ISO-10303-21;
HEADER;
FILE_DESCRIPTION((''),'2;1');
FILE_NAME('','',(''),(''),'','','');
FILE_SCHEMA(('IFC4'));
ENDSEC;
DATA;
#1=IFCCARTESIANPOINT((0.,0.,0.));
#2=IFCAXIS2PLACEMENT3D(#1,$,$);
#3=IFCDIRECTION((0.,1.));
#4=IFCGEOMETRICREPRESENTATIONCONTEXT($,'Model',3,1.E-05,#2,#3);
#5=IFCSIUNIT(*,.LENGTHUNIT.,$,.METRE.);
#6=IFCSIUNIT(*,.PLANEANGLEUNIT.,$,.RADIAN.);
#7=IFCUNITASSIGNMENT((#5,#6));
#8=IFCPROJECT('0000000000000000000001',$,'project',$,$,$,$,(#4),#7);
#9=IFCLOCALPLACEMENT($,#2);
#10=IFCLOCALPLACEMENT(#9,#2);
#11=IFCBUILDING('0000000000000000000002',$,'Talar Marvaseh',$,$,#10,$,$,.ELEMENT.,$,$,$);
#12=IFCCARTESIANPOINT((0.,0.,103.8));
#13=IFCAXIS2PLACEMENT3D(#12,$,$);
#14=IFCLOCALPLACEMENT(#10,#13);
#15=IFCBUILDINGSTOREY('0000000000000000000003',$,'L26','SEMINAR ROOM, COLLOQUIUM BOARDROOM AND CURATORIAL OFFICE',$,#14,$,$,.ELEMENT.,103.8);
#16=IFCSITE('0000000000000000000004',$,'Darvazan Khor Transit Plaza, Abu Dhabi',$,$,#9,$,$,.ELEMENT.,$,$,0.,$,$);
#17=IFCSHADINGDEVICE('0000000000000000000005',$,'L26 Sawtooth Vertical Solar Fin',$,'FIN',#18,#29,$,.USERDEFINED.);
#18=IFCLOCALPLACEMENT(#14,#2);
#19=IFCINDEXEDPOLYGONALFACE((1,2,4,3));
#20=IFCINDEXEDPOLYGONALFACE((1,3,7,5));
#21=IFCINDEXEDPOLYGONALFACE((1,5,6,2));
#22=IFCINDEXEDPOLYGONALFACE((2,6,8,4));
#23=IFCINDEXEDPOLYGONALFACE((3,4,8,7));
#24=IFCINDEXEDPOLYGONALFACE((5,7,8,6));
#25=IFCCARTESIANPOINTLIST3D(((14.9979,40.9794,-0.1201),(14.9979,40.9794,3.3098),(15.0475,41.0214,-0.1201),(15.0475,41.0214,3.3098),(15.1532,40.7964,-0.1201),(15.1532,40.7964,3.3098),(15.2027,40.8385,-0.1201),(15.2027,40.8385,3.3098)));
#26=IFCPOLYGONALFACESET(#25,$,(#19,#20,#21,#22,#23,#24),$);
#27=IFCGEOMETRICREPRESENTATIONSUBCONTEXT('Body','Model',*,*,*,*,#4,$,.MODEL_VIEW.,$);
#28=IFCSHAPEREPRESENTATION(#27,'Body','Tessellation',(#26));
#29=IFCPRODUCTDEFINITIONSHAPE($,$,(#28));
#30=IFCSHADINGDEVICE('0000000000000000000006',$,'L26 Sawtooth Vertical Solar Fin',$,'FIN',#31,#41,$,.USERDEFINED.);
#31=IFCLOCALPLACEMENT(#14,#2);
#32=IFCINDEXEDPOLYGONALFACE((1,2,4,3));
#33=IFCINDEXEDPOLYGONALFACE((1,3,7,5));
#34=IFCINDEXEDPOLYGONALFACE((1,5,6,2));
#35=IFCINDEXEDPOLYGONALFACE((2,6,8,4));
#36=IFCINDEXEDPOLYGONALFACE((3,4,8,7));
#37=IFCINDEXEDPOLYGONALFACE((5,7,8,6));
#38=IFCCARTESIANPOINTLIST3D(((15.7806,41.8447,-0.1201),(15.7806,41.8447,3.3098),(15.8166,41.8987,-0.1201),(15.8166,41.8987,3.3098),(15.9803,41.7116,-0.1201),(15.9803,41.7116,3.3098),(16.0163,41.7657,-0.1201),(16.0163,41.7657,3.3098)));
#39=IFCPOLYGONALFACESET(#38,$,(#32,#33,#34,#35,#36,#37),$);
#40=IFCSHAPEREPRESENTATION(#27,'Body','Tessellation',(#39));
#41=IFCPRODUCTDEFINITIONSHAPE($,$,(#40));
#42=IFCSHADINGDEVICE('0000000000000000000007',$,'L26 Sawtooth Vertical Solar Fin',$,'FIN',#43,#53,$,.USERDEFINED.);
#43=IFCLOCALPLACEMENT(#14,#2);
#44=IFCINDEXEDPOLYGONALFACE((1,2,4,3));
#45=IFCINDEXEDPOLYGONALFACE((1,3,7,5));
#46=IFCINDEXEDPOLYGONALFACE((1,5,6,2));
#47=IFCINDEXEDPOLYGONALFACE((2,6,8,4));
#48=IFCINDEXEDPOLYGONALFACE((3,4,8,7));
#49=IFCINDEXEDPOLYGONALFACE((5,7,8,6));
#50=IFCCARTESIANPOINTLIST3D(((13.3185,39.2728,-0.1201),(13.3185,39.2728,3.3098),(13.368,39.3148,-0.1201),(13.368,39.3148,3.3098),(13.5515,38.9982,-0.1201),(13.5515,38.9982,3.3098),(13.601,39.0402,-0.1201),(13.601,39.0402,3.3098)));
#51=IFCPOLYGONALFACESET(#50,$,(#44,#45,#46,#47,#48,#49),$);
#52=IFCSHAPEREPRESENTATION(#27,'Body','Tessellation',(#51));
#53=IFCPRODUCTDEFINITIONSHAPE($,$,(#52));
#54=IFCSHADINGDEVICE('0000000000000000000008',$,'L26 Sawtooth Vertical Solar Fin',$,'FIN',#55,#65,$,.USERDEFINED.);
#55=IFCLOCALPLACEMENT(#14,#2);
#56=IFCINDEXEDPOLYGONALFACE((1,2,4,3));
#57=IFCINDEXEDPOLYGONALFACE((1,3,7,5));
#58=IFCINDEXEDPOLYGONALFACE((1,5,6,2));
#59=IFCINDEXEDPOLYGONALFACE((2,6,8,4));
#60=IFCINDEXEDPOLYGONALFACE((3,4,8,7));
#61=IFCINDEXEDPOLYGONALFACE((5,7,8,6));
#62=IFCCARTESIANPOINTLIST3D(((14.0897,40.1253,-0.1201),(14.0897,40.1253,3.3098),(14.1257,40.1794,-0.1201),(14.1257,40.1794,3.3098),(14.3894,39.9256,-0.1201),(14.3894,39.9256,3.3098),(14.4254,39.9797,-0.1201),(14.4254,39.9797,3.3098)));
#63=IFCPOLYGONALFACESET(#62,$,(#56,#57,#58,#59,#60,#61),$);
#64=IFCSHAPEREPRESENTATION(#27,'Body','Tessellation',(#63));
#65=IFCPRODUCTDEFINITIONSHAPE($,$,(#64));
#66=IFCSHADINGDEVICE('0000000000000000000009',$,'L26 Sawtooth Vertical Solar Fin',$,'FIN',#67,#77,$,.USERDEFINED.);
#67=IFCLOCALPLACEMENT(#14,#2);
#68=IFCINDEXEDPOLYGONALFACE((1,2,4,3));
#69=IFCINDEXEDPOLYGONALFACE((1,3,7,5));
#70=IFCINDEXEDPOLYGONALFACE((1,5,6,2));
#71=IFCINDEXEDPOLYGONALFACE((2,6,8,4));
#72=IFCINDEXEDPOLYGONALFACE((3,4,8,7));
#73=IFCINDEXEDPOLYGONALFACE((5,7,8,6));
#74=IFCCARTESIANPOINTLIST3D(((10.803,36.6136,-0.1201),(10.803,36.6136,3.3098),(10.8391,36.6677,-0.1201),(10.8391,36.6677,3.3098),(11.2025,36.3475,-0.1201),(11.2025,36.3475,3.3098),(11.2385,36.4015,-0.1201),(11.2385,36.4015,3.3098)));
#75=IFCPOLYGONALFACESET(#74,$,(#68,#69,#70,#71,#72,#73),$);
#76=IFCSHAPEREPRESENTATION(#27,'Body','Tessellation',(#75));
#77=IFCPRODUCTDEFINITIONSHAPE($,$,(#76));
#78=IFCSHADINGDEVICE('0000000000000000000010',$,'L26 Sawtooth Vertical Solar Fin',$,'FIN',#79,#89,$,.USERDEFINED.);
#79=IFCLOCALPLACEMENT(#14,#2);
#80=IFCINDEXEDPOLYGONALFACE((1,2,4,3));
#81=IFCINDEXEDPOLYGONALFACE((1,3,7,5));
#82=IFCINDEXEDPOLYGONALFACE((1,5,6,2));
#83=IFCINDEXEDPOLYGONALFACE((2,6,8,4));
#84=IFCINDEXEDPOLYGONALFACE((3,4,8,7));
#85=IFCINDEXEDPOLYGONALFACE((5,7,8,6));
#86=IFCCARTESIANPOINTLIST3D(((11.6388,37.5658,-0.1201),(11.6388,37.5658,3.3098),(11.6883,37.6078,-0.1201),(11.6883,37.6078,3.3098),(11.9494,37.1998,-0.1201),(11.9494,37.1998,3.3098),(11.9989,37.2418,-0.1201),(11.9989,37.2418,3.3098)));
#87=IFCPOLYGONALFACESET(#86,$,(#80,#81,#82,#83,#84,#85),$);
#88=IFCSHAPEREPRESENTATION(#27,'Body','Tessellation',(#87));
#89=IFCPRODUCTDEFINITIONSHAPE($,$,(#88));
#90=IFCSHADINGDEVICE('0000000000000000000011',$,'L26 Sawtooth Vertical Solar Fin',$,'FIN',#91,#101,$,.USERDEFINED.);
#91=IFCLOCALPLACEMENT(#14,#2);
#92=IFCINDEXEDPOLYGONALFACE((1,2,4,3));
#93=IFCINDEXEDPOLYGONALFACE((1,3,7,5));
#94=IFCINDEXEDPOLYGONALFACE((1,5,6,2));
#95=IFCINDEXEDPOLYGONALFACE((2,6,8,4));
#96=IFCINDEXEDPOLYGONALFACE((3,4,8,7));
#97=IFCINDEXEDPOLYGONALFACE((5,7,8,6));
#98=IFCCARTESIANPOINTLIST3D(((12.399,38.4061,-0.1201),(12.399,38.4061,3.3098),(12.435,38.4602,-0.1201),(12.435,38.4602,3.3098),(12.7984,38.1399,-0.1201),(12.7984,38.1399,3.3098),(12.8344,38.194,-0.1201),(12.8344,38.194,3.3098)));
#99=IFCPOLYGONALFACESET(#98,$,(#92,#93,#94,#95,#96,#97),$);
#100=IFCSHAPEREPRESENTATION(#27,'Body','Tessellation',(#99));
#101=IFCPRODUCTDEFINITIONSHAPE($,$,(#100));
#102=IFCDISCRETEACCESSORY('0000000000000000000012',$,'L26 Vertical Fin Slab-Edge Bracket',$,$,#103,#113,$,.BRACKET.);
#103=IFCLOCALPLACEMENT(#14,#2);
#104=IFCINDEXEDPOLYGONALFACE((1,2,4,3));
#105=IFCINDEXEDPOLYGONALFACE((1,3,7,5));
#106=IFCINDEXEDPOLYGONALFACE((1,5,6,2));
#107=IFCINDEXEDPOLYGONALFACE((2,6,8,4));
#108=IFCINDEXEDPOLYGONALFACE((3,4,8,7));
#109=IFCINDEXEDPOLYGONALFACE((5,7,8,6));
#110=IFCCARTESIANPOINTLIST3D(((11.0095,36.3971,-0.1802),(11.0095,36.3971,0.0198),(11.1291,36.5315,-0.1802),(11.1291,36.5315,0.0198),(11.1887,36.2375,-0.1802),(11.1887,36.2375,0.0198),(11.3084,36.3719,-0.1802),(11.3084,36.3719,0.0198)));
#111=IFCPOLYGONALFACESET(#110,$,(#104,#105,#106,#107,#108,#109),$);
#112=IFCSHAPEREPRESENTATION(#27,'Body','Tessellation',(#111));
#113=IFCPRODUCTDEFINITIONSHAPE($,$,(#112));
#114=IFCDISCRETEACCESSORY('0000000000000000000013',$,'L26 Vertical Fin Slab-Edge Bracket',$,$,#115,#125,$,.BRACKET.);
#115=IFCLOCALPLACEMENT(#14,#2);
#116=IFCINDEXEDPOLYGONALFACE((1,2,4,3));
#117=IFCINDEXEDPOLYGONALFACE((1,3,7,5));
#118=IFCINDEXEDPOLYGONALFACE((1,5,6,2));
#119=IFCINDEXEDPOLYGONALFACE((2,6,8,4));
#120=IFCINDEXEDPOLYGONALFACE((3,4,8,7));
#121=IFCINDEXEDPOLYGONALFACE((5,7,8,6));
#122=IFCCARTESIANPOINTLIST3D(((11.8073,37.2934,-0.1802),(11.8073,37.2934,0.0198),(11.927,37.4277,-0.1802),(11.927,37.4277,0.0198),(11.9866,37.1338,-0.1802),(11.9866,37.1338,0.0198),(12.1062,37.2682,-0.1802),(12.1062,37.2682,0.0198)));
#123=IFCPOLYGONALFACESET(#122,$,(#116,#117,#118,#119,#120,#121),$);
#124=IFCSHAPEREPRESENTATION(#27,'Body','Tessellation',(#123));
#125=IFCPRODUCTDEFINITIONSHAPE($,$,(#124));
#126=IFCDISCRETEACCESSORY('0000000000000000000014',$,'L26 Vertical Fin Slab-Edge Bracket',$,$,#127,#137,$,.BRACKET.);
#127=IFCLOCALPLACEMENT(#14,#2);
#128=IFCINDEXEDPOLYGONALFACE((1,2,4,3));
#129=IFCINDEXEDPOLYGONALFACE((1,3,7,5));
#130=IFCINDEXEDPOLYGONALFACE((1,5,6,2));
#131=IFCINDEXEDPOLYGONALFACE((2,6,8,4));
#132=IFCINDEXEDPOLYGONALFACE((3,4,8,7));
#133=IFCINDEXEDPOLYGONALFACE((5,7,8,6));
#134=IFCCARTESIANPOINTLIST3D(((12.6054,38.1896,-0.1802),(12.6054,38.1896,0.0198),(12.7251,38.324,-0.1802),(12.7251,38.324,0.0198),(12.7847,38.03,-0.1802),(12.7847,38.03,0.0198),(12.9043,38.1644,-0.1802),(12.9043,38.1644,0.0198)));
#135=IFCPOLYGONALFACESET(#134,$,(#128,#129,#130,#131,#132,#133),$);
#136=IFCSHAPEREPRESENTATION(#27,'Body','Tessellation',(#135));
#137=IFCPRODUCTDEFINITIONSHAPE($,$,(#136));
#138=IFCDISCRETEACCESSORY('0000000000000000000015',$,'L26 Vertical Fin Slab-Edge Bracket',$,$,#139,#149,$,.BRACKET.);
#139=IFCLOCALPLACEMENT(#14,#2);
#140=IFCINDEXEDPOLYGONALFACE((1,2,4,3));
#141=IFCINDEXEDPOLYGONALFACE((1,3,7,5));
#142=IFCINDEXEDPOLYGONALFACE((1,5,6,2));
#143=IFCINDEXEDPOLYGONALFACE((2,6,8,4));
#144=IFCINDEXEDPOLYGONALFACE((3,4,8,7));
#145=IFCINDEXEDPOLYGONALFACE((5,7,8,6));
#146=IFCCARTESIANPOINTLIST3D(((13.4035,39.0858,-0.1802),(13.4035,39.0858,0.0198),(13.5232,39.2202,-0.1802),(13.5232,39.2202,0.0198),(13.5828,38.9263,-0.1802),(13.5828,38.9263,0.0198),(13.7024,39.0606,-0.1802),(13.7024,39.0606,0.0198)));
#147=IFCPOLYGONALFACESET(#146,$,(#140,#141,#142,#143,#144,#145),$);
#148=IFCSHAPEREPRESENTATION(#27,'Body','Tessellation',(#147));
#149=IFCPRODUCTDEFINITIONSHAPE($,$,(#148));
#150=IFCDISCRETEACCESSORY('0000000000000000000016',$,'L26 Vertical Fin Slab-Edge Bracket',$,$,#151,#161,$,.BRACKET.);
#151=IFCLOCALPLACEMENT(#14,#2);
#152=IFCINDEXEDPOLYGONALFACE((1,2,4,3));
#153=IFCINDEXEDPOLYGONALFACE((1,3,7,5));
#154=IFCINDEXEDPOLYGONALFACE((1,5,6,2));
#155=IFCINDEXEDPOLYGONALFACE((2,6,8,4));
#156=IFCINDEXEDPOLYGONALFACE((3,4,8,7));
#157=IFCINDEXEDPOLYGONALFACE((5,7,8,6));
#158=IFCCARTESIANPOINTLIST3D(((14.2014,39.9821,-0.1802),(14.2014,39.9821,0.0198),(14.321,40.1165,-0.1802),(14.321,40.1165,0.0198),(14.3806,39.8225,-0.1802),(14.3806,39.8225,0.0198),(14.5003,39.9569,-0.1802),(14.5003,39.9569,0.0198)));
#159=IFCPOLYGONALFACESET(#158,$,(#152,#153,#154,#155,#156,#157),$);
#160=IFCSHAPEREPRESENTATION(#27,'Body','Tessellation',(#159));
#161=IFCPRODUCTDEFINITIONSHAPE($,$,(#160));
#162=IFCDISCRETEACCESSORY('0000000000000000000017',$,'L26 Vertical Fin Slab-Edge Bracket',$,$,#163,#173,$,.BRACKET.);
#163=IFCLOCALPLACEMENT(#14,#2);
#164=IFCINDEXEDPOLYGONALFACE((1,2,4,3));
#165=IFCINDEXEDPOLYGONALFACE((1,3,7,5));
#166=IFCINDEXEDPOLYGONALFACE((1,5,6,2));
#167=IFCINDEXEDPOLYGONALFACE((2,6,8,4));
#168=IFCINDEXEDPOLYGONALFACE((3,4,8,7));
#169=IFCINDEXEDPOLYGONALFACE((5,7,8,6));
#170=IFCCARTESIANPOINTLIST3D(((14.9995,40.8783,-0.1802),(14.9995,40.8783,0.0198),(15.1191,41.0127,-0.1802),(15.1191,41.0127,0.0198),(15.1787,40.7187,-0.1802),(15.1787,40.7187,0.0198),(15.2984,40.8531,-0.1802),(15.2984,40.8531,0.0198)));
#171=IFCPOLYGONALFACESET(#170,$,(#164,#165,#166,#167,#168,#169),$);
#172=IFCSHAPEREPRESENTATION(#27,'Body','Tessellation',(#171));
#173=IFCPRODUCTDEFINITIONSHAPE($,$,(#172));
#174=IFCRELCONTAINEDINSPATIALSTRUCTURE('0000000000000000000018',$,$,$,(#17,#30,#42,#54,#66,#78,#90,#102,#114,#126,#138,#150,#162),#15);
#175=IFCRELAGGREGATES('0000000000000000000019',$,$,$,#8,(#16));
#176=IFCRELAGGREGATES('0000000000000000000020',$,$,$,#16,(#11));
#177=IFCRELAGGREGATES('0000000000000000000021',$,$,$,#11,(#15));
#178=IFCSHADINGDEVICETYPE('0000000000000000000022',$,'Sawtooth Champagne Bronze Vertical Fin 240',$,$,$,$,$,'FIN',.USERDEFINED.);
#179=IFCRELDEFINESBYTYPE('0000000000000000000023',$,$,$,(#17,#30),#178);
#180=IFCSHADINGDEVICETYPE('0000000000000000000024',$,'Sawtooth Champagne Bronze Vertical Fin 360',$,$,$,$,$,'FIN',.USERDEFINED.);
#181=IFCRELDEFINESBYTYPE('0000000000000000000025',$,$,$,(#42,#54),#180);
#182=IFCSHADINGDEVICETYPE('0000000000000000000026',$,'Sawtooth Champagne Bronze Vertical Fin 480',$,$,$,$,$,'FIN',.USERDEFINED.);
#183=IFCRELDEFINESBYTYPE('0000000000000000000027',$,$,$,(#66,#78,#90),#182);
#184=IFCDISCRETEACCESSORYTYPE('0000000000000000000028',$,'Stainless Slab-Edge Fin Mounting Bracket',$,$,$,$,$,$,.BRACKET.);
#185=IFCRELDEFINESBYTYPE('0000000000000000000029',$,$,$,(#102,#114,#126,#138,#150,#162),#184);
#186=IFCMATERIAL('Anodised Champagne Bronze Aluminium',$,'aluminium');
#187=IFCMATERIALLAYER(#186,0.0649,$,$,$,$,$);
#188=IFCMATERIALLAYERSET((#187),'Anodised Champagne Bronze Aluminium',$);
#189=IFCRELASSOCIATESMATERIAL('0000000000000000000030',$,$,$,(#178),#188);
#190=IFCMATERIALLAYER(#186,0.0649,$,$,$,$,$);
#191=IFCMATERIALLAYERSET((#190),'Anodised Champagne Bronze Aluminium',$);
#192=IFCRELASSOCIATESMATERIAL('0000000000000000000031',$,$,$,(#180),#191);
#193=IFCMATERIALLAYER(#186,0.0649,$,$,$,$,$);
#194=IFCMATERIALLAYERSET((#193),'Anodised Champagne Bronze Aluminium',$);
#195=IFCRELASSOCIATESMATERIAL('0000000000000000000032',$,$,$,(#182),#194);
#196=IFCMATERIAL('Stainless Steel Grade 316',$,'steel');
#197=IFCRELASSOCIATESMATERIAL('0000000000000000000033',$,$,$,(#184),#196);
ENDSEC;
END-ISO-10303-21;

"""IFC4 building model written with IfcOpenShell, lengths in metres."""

from ifc_helpers import new_model, si_unit, direction, frame, origin, origin_2d, place, context, subcontext, project, spatial, rectangle, extrude, source, transform, mapped, material, layer, layer_set, type_object, type_shapes, element, save


model = new_model("IFC4")

# Units and contexts
model_context = context("Model", 3, precision=1e-05, world=origin(), true_north=direction((0.0, 1.0)))
body_context = subcontext(model_context, "Body", "Model", "MODEL_VIEW")
ifc_project = project(units=[si_unit("LENGTHUNIT", "METRE"), si_unit("PLANEANGLEUNIT", "RADIAN")], contexts=[model_context])

# Site, building, storey
site_placement = place(None, origin())
site = spatial("IfcSite", under=ifc_project, at=site_placement, Name="Darvazan Khor Transit Plaza, Abu Dhabi", CompositionType="ELEMENT", RefElevation=0.0)
building_placement = place(site_placement, origin())
building = spatial("IfcBuilding", under=site, at=building_placement, Name="Talar Marvaseh", CompositionType="ELEMENT")
storey_placement = place(building_placement, frame((0.0, 0.0, 103.8)))
storey = spatial("IfcBuildingStorey", under=building, at=storey_placement, Name="L26", Description="SEMINAR ROOM, COLLOQUIUM BOARDROOM AND CURATORIAL OFFICE", CompositionType="ELEMENT", Elevation=103.8)

# Shading devices
ifc_material_1 = material(Name="Anodised Champagne Bronze Aluminium", Category="aluminium")
ifc_layer_1 = layer(ifc_material_1, 0.0649)
ifc_layer_set_1 = layer_set([ifc_layer_1], Name="Anodised Champagne Bronze Aluminium")
shading_device_type_1 = type_object("IfcShadingDeviceType", Name="Sawtooth Champagne Bronze Vertical Fin 240", ElementType="FIN", PredefinedType="USERDEFINED", material=ifc_layer_set_1)
shared_shape_1 = source(origin(), body_context, "Body", "SweptSolid", [
    extrude(rectangle(XDim=0.24, YDim=0.0649, at=origin_2d()), origin(), (0.0, 0.0, 1.0), 3.4299),
])
type_shapes(shading_device_type_1, [shared_shape_1])
for number, where, z_axis, x_axis, name in (
    (1, (15.1003, 40.9089, -0.1201), (0.0, 0.0, 1.0), (-0.647056, 0.762443, 0.0), "L26 Sawtooth Vertical Solar Fin"),
    (2, (15.8984, 41.8052, -0.1201), (0.0, 0.0, 1.0), (-0.832148, 0.554554, 0.0), "L26 Sawtooth Vertical Solar Fin"),
):
    element("IfcShadingDevice", number, at=place(storey_placement, frame(where, z_axis=z_axis, x_axis=x_axis)), inside=storey, type_object=shading_device_type_1, Name=name, ObjectType="FIN", PredefinedType="USERDEFINED", context=body_context, shape_type="MappedRepresentation", body=[
        mapped(shared_shape_1, transform((0.0, 0.0, 0.0), x_axis=(1.0, 0.0, 0.0), y_axis=(0.0, 1.0, 0.0), z_axis=(0.0, 0.0, 1.0), scale=1.0)),
    ])
ifc_layer_2 = layer(ifc_material_1, 0.0649)
ifc_layer_set_2 = layer_set([ifc_layer_2], Name="Anodised Champagne Bronze Aluminium")
shading_device_type_2 = type_object("IfcShadingDeviceType", Name="Sawtooth Champagne Bronze Vertical Fin 360", ElementType="FIN", PredefinedType="USERDEFINED", material=ifc_layer_set_2)
shared_shape_2 = source(origin(), body_context, "Body", "SweptSolid", [
    extrude(rectangle(XDim=0.3601, YDim=0.0649, at=origin_2d()), origin(), (0.0, 0.0, 1.0), 3.4299),
])
type_shapes(shading_device_type_2, [shared_shape_2])
for number, where, z_axis, x_axis, name in (
    (3, (13.4597, 39.1565, -0.1201), (0.0, 0.0, 1.0), (-0.647056, 0.762443, 0.0), "L26 Sawtooth Vertical Solar Fin"),
    (4, (14.2576, 40.0525, -0.1201), (0.0, 0.0, 1.0), (-0.832148, 0.554554, 0.0), "L26 Sawtooth Vertical Solar Fin"),
):
    element("IfcShadingDevice", number, at=place(storey_placement, frame(where, z_axis=z_axis, x_axis=x_axis)), inside=storey, type_object=shading_device_type_2, Name=name, ObjectType="FIN", PredefinedType="USERDEFINED", context=body_context, shape_type="MappedRepresentation", body=[
        mapped(shared_shape_2, transform((0.0, 0.0, 0.0), x_axis=(1.0, 0.0, 0.0), y_axis=(0.0, 1.0, 0.0), z_axis=(0.0, 0.0, 1.0), scale=1.0)),
    ])
ifc_layer_3 = layer(ifc_material_1, 0.0649)
ifc_layer_set_3 = layer_set([ifc_layer_3], Name="Anodised Champagne Bronze Aluminium")
shading_device_type_3 = type_object("IfcShadingDeviceType", Name="Sawtooth Champagne Bronze Vertical Fin 480", ElementType="FIN", PredefinedType="USERDEFINED", material=ifc_layer_set_3)
shared_shape_3 = source(origin(), body_context, "Body", "SweptSolid", [
    extrude(rectangle(XDim=0.48, YDim=0.0649, at=origin_2d()), origin(), (0.0, 0.0, 1.0), 3.4299),
])
type_shapes(shading_device_type_3, [shared_shape_3])
for number, where, z_axis, x_axis, name in (
    (5, (11.0208, 36.5076, -0.1201), (0.0, 0.0, 1.0), (-0.832148, 0.554554, 0.0), "L26 Sawtooth Vertical Solar Fin"),
    (6, (11.8188, 37.4038, -0.1201), (0.0, 0.0, 1.0), (-0.647056, 0.762443, 0.0), "L26 Sawtooth Vertical Solar Fin"),
    (7, (12.6167, 38.3, -0.1201), (0.0, 0.0, 1.0), (-0.832148, 0.554554, 0.0), "L26 Sawtooth Vertical Solar Fin"),
):
    element("IfcShadingDevice", number, at=place(storey_placement, frame(where, z_axis=z_axis, x_axis=x_axis)), inside=storey, type_object=shading_device_type_3, Name=name, ObjectType="FIN", PredefinedType="USERDEFINED", context=body_context, shape_type="MappedRepresentation", body=[
        mapped(shared_shape_3, transform((0.0, 0.0, 0.0), x_axis=(1.0, 0.0, 0.0), y_axis=(0.0, 1.0, 0.0), z_axis=(0.0, 0.0, 1.0), scale=1.0)),
    ])

# Discrete accessories
ifc_material_2 = material(Name="Stainless Steel Grade 316", Category="steel")
discrete_accessory_type = type_object("IfcDiscreteAccessoryType", Name="Stainless Slab-Edge Fin Mounting Bracket", PredefinedType="BRACKET", material=ifc_material_2)
shared_shape_4 = source(origin(), body_context, "Body", "SweptSolid", [
    extrude(rectangle(XDim=0.24, YDim=0.1799, at=origin_2d()), origin(), (0.0, 0.0, 1.0), 0.2),
])
type_shapes(discrete_accessory_type, [shared_shape_4])
for number, where, z_axis, x_axis, name in (
    (8, (11.1589, 36.3845, -0.1802), (0.0, 0.0, 1.0), (-0.74687, 0.66497, 0.0), "L26 Vertical Fin Slab-Edge Bracket"),
    (9, (11.9568, 37.2808, -0.1802), (0.0, 0.0, 1.0), (-0.74687, 0.66497, 0.0), "L26 Vertical Fin Slab-Edge Bracket"),
    (10, (12.7549, 38.177, -0.1802), (0.0, 0.0, 1.0), (-0.74687, 0.66497, 0.0), "L26 Vertical Fin Slab-Edge Bracket"),
    (11, (13.553, 39.0732, -0.1802), (0.0, 0.0, 1.0), (-0.74687, 0.66497, 0.0), "L26 Vertical Fin Slab-Edge Bracket"),
    (12, (14.3508, 39.9695, -0.1802), (0.0, 0.0, 1.0), (-0.74687, 0.66497, 0.0), "L26 Vertical Fin Slab-Edge Bracket"),
    (13, (15.1489, 40.8657, -0.1802), (0.0, 0.0, 1.0), (-0.74687, 0.66497, 0.0), "L26 Vertical Fin Slab-Edge Bracket"),
):
    element("IfcDiscreteAccessory", number, at=place(storey_placement, frame(where, z_axis=z_axis, x_axis=x_axis)), inside=storey, type_object=discrete_accessory_type, Name=name, PredefinedType="BRACKET", context=body_context, shape_type="MappedRepresentation", body=[
        mapped(shared_shape_4, transform((0.0, 0.0, 0.0), x_axis=(1.0, 0.0, 0.0), y_axis=(0.0, 1.0, 0.0), z_axis=(0.0, 0.0, 1.0), scale=1.0)),
    ])

save(model, "model.ifc")
